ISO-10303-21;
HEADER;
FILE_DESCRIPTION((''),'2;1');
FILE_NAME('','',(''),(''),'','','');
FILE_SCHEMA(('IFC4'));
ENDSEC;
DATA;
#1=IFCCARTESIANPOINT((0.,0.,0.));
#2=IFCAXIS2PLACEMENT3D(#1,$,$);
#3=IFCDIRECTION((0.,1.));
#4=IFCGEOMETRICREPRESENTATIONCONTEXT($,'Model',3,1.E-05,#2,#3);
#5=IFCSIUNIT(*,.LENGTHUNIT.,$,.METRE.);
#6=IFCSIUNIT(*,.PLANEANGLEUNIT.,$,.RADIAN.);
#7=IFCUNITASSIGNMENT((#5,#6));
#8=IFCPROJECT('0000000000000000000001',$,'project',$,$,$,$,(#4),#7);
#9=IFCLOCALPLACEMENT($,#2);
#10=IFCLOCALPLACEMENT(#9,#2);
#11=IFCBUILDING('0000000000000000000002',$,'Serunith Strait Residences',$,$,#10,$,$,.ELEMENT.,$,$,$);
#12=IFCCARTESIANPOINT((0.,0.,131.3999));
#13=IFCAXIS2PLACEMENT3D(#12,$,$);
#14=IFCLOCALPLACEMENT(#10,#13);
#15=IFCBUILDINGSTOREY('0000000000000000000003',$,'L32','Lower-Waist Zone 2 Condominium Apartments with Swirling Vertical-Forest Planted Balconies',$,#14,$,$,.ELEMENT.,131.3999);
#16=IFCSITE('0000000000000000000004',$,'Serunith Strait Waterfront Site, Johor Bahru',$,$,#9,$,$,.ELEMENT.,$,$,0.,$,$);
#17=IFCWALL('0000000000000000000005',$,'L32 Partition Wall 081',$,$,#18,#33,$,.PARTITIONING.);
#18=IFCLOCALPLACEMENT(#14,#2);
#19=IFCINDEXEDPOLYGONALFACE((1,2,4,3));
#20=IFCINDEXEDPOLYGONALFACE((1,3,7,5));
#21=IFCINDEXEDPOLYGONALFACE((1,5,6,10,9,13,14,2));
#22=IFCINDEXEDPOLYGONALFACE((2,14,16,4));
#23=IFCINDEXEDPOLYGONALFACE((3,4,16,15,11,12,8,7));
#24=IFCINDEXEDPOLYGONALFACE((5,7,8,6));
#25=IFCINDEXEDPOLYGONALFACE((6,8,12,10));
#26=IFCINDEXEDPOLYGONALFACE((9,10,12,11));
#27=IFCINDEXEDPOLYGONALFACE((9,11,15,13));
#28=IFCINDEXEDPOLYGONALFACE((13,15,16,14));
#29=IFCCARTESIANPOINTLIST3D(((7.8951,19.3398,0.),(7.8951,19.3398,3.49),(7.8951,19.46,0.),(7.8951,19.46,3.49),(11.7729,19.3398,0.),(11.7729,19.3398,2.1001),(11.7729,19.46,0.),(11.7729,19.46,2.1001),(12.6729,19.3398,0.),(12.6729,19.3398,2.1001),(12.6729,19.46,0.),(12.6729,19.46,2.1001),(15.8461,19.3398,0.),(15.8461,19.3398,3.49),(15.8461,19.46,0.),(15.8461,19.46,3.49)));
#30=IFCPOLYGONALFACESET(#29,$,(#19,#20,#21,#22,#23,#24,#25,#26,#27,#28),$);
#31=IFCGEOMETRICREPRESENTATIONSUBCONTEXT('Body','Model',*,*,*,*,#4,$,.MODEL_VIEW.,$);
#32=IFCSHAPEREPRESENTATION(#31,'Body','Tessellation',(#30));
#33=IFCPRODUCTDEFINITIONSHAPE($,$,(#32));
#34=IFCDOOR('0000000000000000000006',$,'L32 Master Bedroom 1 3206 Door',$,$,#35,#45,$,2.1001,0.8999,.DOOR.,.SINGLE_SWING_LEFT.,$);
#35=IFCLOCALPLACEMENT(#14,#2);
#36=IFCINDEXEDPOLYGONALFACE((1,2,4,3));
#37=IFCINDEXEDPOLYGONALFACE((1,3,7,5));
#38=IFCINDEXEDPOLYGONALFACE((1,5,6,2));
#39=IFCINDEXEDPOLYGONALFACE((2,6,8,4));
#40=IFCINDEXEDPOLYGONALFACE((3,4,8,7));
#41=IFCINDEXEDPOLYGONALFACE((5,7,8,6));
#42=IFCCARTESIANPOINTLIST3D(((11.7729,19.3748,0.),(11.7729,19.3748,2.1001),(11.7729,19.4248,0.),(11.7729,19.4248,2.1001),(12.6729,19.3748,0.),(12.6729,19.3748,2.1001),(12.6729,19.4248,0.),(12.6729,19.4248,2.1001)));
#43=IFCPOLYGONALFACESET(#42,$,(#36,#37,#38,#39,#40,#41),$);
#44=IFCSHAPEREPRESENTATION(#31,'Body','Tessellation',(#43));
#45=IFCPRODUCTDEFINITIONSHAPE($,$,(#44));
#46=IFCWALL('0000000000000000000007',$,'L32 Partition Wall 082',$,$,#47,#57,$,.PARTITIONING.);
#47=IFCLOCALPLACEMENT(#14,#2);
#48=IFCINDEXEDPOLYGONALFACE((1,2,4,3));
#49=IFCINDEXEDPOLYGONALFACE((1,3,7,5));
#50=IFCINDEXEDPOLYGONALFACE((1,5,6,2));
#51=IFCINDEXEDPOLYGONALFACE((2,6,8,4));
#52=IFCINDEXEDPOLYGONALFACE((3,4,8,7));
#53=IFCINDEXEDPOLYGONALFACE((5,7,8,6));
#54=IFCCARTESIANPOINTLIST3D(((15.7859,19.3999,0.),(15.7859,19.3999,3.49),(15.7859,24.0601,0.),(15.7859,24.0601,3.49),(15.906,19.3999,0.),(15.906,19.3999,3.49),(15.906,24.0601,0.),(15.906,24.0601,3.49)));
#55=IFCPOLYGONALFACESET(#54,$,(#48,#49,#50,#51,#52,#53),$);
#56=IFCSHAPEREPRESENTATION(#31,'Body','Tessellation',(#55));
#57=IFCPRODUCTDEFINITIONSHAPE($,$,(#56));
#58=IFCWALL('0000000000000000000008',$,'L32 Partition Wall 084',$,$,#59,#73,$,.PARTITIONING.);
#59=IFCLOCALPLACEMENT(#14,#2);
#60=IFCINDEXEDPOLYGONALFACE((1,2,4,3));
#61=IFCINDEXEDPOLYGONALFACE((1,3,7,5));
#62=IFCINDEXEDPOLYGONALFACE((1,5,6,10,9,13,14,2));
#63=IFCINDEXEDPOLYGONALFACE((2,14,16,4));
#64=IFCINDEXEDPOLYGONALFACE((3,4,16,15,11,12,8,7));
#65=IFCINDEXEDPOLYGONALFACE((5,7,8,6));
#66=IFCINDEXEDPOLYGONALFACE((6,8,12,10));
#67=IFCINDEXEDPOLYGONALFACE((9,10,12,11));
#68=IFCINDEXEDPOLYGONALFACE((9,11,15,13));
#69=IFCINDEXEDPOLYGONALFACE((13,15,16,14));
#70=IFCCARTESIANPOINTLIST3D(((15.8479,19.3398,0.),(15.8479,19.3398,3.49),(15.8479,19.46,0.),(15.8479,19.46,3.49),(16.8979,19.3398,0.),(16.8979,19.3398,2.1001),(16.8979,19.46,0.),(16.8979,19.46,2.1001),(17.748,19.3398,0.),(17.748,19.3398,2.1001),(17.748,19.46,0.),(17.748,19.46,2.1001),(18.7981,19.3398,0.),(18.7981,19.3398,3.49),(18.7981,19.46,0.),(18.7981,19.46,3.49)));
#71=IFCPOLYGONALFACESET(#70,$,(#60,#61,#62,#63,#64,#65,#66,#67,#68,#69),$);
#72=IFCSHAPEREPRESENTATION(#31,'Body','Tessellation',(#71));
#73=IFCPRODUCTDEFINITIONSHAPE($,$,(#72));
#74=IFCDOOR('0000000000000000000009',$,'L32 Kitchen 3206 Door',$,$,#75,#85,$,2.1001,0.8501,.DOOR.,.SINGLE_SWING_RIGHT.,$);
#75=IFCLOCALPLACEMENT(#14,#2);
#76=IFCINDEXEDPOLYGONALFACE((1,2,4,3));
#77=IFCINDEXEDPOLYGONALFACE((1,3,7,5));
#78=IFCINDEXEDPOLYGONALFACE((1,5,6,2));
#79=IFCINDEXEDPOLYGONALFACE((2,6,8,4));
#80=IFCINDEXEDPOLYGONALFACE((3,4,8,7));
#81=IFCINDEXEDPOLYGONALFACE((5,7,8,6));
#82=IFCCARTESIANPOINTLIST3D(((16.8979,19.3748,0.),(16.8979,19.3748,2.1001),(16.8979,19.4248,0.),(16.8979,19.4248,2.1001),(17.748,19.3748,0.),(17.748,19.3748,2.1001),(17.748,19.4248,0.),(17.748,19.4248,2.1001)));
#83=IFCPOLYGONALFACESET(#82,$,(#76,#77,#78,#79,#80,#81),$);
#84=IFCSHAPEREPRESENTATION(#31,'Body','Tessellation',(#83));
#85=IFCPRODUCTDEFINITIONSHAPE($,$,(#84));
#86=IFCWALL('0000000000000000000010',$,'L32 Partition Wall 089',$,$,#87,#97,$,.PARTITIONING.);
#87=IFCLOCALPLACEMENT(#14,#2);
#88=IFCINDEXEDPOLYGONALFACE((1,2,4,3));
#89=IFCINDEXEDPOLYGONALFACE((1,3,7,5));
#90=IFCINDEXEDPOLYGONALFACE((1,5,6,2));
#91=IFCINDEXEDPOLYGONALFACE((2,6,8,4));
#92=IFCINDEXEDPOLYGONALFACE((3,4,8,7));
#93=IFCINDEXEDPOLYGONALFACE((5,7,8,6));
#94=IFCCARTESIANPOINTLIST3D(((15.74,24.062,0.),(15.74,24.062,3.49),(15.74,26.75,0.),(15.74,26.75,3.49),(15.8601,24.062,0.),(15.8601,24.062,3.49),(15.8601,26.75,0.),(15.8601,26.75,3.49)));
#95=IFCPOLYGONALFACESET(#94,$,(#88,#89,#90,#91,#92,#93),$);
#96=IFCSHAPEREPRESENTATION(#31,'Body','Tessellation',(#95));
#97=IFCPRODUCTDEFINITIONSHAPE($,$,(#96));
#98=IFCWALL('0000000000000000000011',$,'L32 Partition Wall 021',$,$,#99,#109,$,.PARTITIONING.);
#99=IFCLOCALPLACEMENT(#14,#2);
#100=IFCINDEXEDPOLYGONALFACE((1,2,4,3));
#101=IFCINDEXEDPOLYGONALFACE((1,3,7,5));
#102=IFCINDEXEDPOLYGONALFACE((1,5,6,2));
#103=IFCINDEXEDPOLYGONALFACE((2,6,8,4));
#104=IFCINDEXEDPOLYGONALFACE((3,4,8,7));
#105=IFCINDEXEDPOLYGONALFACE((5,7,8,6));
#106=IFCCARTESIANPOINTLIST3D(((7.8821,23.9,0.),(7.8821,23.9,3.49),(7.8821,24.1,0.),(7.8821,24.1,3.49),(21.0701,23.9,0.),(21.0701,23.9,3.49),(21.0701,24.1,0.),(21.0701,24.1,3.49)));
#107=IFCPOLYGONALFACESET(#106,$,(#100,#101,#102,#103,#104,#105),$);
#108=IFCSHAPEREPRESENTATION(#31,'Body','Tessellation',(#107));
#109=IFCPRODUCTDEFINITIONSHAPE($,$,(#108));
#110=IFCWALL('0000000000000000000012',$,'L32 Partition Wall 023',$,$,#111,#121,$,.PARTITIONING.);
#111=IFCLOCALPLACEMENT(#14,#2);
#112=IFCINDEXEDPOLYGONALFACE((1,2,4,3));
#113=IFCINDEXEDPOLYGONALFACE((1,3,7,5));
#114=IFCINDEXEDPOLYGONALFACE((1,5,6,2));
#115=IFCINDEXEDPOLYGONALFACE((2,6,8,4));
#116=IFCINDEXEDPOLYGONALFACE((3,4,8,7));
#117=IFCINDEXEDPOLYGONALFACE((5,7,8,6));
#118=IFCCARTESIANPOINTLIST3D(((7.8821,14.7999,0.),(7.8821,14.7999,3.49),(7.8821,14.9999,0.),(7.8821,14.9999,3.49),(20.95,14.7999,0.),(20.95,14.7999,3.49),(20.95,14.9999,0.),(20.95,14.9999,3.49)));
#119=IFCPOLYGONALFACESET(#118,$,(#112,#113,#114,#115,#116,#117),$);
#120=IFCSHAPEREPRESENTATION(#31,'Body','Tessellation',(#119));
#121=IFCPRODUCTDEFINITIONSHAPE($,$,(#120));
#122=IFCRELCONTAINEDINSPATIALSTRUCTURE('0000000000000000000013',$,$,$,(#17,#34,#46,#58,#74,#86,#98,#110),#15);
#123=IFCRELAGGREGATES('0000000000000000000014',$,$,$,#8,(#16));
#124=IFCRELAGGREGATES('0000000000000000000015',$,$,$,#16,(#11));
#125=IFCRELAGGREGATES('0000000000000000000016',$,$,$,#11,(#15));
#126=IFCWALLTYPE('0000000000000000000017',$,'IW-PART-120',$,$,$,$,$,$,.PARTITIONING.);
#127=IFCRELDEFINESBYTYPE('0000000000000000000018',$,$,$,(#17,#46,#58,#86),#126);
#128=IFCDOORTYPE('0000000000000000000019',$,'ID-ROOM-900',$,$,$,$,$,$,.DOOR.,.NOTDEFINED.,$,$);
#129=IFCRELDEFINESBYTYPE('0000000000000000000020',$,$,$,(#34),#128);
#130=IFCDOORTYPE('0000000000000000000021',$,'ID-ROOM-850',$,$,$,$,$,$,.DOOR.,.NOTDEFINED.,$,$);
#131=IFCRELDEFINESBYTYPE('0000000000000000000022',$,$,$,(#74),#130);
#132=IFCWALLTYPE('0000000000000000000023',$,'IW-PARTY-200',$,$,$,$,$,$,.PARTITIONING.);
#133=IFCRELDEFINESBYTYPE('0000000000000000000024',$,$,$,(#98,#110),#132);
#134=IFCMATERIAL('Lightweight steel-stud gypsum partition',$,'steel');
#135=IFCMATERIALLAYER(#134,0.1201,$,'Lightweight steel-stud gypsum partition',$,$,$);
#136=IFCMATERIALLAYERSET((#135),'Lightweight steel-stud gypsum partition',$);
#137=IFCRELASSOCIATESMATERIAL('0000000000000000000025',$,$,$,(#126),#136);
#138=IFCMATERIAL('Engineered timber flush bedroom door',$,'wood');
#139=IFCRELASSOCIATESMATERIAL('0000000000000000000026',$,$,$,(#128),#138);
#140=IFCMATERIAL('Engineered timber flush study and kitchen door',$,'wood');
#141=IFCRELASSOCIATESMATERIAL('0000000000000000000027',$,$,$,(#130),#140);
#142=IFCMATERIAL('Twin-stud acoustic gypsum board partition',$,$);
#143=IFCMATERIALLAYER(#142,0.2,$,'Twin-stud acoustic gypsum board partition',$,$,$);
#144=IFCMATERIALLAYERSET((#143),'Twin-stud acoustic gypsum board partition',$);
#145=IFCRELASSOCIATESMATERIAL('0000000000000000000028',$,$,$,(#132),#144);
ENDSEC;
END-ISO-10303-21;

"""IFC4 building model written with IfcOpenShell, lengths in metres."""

from ifc_helpers import new_model, si_unit, direction, frame, frame_2d, origin, place, context, subcontext, project, spatial, rectangle, extrude, source, transform, mapped, material, layer, layer_set, type_object, element, fill, save


model = new_model("IFC4")

# Units and contexts
model_context = context("Model", 3, precision=1e-05, world=origin(), true_north=direction((0.0, 1.0)))
body_context = subcontext(model_context, "Body", "Model", "MODEL_VIEW")
ifc_project = project(units=[si_unit("LENGTHUNIT", "METRE"), si_unit("PLANEANGLEUNIT", "RADIAN")], contexts=[model_context])

# Site, building, storey
site_placement = place(None, origin())
site = spatial("IfcSite", under=ifc_project, at=site_placement, Name="Serunith Strait Waterfront Site, Johor Bahru", CompositionType="ELEMENT", RefElevation=0.0)
building_placement = place(site_placement, origin())
building = spatial("IfcBuilding", under=site, at=building_placement, Name="Serunith Strait Residences", CompositionType="ELEMENT")
storey_placement = place(building_placement, frame((0.0, 0.0, 131.3999)))
storey = spatial("IfcBuildingStorey", under=building, at=storey_placement, Name="L32", Description="Lower-Waist Zone 2 Condominium Apartments with Swirling Vertical-Forest Planted Balconies", CompositionType="ELEMENT", Elevation=131.3999)

# Shared definitions
ifc_material_1 = material(Name="Lightweight steel-stud gypsum partition", Category="steel")
ifc_layer_1 = layer(ifc_material_1, 0.1201, Name="Lightweight steel-stud gypsum partition")
ifc_layer_set_1 = layer_set([ifc_layer_1], Name="Lightweight steel-stud gypsum partition")
wall_type_1 = type_object("IfcWallType", Name="IW-PART-120", PredefinedType="PARTITIONING", material=ifc_layer_set_1)

# Wall, opening, door
wall_1_placement = place(storey_placement, frame((7.895, 19.3999, 0.0), z_axis=(0.0, 0.0, 1.0), x_axis=(1.0, 0.0, 0.0)))
wall_1 = element("IfcWall", 1, at=wall_1_placement, inside=storey, type_object=wall_type_1, Name="L32 Partition Wall 081", PredefinedType="PARTITIONING", context=body_context, shape_type="SweptSolid", body=[
    extrude(rectangle(XDim=7.9509, YDim=0.1201, at=frame_2d((3.9756, 0.0))), origin(), (0.0, 0.0, 1.0), 3.49),
])
opening_1_placement = place(wall_1_placement, frame((3.8779, 0.0, 0.0)))
opening_1 = element("IfcOpeningElement", 2, at=opening_1_placement, cuts=wall_1, PredefinedType="OPENING", context=body_context, shape_type="SweptSolid", body=[
    extrude(rectangle(XDim=0.8999, YDim=2.1001, at=frame_2d((0.45, 1.05))), frame((0.0, 0.0701, 0.0), z_axis=(0.0, -1.0, 0.0), x_axis=(1.0, 0.0, 0.0)), (0.0, 0.0, 1.0), 0.1401),
])
ifc_material_2 = material(Name="Engineered timber flush bedroom door", Category="wood")
door_type_1 = type_object("IfcDoorType", Name="ID-ROOM-900", OperationType="NOTDEFINED", PredefinedType="DOOR", material=ifc_material_2)
shared_shape_1 = source(origin(), body_context, "Body", "SweptSolid", [
    extrude(rectangle(XDim=0.8999, YDim=2.1001, at=frame_2d((0.45, 1.05))), frame((0.0, 0.0249, 0.0), z_axis=(0.0, -1.0, 0.0), x_axis=(1.0, 0.0, 0.0)), (0.0, 0.0, 1.0), 0.05),
])
door_1_placement = place(opening_1_placement, origin())
door_1 = element("IfcDoor", 3, at=door_1_placement, inside=storey, type_object=door_type_1, Name="L32 Master Bedroom 1 3206 Door", OperationType="SINGLE_SWING_LEFT", OverallHeight=2.1001, OverallWidth=0.8999, PredefinedType="DOOR", context=body_context, shape_type="MappedRepresentation", body=[
    mapped(shared_shape_1, transform((0.0, 0.0, 0.0), scale=1.0)),
])
fill(opening_1, door_1)

# Wall
wall_2_placement = place(storey_placement, frame((15.8459, 19.3999, 0.0), z_axis=(0.0, 0.0, 1.0), x_axis=(0.0, 1.0, 0.0)))
element("IfcWall", 4, at=wall_2_placement, inside=storey, type_object=wall_type_1, Name="L32 Partition Wall 082", PredefinedType="PARTITIONING", context=body_context, shape_type="SweptSolid", body=[
    extrude(rectangle(XDim=4.6602, YDim=0.1201, at=frame_2d((2.3301, 0.0))), origin(), (0.0, 0.0, 1.0), 3.49),
])

# Wall, opening, door
wall_3_placement = place(storey_placement, frame((15.8479, 19.3999, 0.0), z_axis=(0.0, 0.0, 1.0), x_axis=(1.0, 0.0, 0.0)))
wall_3 = element("IfcWall", 5, at=wall_3_placement, inside=storey, type_object=wall_type_1, Name="L32 Partition Wall 084", PredefinedType="PARTITIONING", context=body_context, shape_type="SweptSolid", body=[
    extrude(rectangle(XDim=2.9502, YDim=0.1201, at=frame_2d((1.4751, 0.0))), origin(), (0.0, 0.0, 1.0), 3.49),
])
opening_2_placement = place(wall_3_placement, frame((1.05, 0.0, 0.0)))
opening_2 = element("IfcOpeningElement", 6, at=opening_2_placement, cuts=wall_3, PredefinedType="OPENING", context=body_context, shape_type="SweptSolid", body=[
    extrude(rectangle(XDim=0.8501, YDim=2.1001, at=frame_2d((0.425, 1.05))), frame((0.0, 0.0701, 0.0), z_axis=(0.0, -1.0, 0.0), x_axis=(1.0, 0.0, 0.0)), (0.0, 0.0, 1.0), 0.1401),
])
ifc_material_3 = material(Name="Engineered timber flush study and kitchen door", Category="wood")
door_type_2 = type_object("IfcDoorType", Name="ID-ROOM-850", OperationType="NOTDEFINED", PredefinedType="DOOR", material=ifc_material_3)
shared_shape_2 = source(origin(), body_context, "Body", "SweptSolid", [
    extrude(rectangle(XDim=0.8501, YDim=2.1001, at=frame_2d((0.425, 1.05))), frame((0.0, 0.0249, 0.0), z_axis=(0.0, -1.0, 0.0), x_axis=(1.0, 0.0, 0.0)), (0.0, 0.0, 1.0), 0.05),
])
door_2_placement = place(opening_2_placement, origin())
door_2 = element("IfcDoor", 7, at=door_2_placement, inside=storey, type_object=door_type_2, Name="L32 Kitchen 3206 Door", OperationType="SINGLE_SWING_RIGHT", OverallHeight=2.1001, OverallWidth=0.8501, PredefinedType="DOOR", context=body_context, shape_type="MappedRepresentation", body=[
    mapped(shared_shape_2, transform((0.0, 0.0, 0.0), scale=1.0)),
])
fill(opening_2, door_2)

# Walls
wall_4_placement = place(storey_placement, frame((15.8, 24.062, 0.0), z_axis=(0.0, 0.0, 1.0), x_axis=(0.0, 1.0, 0.0)))
element("IfcWall", 8, at=wall_4_placement, inside=storey, type_object=wall_type_1, Name="L32 Partition Wall 089", PredefinedType="PARTITIONING", context=body_context, shape_type="SweptSolid", body=[
    extrude(rectangle(XDim=2.688, YDim=0.1201, at=frame_2d((1.344, 0.0))), origin(), (0.0, 0.0, 1.0), 3.49),
])
ifc_material_4 = material(Name="Twin-stud acoustic gypsum board partition")
ifc_layer_2 = layer(ifc_material_4, 0.2, Name="Twin-stud acoustic gypsum board partition")
ifc_layer_set_2 = layer_set([ifc_layer_2], Name="Twin-stud acoustic gypsum board partition")
wall_type_2 = type_object("IfcWallType", Name="IW-PARTY-200", PredefinedType="PARTITIONING", material=ifc_layer_set_2)
wall_5_placement = place(storey_placement, frame((7.8821, 24.0, 0.0), z_axis=(0.0, 0.0, 1.0), x_axis=(1.0, 0.0, 0.0)))
element("IfcWall", 9, at=wall_5_placement, inside=storey, type_object=wall_type_2, Name="L32 Partition Wall 021", PredefinedType="PARTITIONING", context=body_context, shape_type="SweptSolid", body=[
    extrude(rectangle(XDim=13.188, YDim=0.2, at=frame_2d((6.594, 0.0))), origin(), (0.0, 0.0, 1.0), 3.49),
])
wall_6_placement = place(storey_placement, frame((7.8821, 14.8999, 0.0), z_axis=(0.0, 0.0, 1.0), x_axis=(1.0, 0.0, 0.0)))
element("IfcWall", 10, at=wall_6_placement, inside=storey, type_object=wall_type_2, Name="L32 Partition Wall 023", PredefinedType="PARTITIONING", context=body_context, shape_type="SweptSolid", body=[
    extrude(rectangle(XDim=13.0679, YDim=0.2, at=frame_2d((6.5339, 0.0))), origin(), (0.0, 0.0, 1.0), 3.49),
])

save(model, "model.ifc")
